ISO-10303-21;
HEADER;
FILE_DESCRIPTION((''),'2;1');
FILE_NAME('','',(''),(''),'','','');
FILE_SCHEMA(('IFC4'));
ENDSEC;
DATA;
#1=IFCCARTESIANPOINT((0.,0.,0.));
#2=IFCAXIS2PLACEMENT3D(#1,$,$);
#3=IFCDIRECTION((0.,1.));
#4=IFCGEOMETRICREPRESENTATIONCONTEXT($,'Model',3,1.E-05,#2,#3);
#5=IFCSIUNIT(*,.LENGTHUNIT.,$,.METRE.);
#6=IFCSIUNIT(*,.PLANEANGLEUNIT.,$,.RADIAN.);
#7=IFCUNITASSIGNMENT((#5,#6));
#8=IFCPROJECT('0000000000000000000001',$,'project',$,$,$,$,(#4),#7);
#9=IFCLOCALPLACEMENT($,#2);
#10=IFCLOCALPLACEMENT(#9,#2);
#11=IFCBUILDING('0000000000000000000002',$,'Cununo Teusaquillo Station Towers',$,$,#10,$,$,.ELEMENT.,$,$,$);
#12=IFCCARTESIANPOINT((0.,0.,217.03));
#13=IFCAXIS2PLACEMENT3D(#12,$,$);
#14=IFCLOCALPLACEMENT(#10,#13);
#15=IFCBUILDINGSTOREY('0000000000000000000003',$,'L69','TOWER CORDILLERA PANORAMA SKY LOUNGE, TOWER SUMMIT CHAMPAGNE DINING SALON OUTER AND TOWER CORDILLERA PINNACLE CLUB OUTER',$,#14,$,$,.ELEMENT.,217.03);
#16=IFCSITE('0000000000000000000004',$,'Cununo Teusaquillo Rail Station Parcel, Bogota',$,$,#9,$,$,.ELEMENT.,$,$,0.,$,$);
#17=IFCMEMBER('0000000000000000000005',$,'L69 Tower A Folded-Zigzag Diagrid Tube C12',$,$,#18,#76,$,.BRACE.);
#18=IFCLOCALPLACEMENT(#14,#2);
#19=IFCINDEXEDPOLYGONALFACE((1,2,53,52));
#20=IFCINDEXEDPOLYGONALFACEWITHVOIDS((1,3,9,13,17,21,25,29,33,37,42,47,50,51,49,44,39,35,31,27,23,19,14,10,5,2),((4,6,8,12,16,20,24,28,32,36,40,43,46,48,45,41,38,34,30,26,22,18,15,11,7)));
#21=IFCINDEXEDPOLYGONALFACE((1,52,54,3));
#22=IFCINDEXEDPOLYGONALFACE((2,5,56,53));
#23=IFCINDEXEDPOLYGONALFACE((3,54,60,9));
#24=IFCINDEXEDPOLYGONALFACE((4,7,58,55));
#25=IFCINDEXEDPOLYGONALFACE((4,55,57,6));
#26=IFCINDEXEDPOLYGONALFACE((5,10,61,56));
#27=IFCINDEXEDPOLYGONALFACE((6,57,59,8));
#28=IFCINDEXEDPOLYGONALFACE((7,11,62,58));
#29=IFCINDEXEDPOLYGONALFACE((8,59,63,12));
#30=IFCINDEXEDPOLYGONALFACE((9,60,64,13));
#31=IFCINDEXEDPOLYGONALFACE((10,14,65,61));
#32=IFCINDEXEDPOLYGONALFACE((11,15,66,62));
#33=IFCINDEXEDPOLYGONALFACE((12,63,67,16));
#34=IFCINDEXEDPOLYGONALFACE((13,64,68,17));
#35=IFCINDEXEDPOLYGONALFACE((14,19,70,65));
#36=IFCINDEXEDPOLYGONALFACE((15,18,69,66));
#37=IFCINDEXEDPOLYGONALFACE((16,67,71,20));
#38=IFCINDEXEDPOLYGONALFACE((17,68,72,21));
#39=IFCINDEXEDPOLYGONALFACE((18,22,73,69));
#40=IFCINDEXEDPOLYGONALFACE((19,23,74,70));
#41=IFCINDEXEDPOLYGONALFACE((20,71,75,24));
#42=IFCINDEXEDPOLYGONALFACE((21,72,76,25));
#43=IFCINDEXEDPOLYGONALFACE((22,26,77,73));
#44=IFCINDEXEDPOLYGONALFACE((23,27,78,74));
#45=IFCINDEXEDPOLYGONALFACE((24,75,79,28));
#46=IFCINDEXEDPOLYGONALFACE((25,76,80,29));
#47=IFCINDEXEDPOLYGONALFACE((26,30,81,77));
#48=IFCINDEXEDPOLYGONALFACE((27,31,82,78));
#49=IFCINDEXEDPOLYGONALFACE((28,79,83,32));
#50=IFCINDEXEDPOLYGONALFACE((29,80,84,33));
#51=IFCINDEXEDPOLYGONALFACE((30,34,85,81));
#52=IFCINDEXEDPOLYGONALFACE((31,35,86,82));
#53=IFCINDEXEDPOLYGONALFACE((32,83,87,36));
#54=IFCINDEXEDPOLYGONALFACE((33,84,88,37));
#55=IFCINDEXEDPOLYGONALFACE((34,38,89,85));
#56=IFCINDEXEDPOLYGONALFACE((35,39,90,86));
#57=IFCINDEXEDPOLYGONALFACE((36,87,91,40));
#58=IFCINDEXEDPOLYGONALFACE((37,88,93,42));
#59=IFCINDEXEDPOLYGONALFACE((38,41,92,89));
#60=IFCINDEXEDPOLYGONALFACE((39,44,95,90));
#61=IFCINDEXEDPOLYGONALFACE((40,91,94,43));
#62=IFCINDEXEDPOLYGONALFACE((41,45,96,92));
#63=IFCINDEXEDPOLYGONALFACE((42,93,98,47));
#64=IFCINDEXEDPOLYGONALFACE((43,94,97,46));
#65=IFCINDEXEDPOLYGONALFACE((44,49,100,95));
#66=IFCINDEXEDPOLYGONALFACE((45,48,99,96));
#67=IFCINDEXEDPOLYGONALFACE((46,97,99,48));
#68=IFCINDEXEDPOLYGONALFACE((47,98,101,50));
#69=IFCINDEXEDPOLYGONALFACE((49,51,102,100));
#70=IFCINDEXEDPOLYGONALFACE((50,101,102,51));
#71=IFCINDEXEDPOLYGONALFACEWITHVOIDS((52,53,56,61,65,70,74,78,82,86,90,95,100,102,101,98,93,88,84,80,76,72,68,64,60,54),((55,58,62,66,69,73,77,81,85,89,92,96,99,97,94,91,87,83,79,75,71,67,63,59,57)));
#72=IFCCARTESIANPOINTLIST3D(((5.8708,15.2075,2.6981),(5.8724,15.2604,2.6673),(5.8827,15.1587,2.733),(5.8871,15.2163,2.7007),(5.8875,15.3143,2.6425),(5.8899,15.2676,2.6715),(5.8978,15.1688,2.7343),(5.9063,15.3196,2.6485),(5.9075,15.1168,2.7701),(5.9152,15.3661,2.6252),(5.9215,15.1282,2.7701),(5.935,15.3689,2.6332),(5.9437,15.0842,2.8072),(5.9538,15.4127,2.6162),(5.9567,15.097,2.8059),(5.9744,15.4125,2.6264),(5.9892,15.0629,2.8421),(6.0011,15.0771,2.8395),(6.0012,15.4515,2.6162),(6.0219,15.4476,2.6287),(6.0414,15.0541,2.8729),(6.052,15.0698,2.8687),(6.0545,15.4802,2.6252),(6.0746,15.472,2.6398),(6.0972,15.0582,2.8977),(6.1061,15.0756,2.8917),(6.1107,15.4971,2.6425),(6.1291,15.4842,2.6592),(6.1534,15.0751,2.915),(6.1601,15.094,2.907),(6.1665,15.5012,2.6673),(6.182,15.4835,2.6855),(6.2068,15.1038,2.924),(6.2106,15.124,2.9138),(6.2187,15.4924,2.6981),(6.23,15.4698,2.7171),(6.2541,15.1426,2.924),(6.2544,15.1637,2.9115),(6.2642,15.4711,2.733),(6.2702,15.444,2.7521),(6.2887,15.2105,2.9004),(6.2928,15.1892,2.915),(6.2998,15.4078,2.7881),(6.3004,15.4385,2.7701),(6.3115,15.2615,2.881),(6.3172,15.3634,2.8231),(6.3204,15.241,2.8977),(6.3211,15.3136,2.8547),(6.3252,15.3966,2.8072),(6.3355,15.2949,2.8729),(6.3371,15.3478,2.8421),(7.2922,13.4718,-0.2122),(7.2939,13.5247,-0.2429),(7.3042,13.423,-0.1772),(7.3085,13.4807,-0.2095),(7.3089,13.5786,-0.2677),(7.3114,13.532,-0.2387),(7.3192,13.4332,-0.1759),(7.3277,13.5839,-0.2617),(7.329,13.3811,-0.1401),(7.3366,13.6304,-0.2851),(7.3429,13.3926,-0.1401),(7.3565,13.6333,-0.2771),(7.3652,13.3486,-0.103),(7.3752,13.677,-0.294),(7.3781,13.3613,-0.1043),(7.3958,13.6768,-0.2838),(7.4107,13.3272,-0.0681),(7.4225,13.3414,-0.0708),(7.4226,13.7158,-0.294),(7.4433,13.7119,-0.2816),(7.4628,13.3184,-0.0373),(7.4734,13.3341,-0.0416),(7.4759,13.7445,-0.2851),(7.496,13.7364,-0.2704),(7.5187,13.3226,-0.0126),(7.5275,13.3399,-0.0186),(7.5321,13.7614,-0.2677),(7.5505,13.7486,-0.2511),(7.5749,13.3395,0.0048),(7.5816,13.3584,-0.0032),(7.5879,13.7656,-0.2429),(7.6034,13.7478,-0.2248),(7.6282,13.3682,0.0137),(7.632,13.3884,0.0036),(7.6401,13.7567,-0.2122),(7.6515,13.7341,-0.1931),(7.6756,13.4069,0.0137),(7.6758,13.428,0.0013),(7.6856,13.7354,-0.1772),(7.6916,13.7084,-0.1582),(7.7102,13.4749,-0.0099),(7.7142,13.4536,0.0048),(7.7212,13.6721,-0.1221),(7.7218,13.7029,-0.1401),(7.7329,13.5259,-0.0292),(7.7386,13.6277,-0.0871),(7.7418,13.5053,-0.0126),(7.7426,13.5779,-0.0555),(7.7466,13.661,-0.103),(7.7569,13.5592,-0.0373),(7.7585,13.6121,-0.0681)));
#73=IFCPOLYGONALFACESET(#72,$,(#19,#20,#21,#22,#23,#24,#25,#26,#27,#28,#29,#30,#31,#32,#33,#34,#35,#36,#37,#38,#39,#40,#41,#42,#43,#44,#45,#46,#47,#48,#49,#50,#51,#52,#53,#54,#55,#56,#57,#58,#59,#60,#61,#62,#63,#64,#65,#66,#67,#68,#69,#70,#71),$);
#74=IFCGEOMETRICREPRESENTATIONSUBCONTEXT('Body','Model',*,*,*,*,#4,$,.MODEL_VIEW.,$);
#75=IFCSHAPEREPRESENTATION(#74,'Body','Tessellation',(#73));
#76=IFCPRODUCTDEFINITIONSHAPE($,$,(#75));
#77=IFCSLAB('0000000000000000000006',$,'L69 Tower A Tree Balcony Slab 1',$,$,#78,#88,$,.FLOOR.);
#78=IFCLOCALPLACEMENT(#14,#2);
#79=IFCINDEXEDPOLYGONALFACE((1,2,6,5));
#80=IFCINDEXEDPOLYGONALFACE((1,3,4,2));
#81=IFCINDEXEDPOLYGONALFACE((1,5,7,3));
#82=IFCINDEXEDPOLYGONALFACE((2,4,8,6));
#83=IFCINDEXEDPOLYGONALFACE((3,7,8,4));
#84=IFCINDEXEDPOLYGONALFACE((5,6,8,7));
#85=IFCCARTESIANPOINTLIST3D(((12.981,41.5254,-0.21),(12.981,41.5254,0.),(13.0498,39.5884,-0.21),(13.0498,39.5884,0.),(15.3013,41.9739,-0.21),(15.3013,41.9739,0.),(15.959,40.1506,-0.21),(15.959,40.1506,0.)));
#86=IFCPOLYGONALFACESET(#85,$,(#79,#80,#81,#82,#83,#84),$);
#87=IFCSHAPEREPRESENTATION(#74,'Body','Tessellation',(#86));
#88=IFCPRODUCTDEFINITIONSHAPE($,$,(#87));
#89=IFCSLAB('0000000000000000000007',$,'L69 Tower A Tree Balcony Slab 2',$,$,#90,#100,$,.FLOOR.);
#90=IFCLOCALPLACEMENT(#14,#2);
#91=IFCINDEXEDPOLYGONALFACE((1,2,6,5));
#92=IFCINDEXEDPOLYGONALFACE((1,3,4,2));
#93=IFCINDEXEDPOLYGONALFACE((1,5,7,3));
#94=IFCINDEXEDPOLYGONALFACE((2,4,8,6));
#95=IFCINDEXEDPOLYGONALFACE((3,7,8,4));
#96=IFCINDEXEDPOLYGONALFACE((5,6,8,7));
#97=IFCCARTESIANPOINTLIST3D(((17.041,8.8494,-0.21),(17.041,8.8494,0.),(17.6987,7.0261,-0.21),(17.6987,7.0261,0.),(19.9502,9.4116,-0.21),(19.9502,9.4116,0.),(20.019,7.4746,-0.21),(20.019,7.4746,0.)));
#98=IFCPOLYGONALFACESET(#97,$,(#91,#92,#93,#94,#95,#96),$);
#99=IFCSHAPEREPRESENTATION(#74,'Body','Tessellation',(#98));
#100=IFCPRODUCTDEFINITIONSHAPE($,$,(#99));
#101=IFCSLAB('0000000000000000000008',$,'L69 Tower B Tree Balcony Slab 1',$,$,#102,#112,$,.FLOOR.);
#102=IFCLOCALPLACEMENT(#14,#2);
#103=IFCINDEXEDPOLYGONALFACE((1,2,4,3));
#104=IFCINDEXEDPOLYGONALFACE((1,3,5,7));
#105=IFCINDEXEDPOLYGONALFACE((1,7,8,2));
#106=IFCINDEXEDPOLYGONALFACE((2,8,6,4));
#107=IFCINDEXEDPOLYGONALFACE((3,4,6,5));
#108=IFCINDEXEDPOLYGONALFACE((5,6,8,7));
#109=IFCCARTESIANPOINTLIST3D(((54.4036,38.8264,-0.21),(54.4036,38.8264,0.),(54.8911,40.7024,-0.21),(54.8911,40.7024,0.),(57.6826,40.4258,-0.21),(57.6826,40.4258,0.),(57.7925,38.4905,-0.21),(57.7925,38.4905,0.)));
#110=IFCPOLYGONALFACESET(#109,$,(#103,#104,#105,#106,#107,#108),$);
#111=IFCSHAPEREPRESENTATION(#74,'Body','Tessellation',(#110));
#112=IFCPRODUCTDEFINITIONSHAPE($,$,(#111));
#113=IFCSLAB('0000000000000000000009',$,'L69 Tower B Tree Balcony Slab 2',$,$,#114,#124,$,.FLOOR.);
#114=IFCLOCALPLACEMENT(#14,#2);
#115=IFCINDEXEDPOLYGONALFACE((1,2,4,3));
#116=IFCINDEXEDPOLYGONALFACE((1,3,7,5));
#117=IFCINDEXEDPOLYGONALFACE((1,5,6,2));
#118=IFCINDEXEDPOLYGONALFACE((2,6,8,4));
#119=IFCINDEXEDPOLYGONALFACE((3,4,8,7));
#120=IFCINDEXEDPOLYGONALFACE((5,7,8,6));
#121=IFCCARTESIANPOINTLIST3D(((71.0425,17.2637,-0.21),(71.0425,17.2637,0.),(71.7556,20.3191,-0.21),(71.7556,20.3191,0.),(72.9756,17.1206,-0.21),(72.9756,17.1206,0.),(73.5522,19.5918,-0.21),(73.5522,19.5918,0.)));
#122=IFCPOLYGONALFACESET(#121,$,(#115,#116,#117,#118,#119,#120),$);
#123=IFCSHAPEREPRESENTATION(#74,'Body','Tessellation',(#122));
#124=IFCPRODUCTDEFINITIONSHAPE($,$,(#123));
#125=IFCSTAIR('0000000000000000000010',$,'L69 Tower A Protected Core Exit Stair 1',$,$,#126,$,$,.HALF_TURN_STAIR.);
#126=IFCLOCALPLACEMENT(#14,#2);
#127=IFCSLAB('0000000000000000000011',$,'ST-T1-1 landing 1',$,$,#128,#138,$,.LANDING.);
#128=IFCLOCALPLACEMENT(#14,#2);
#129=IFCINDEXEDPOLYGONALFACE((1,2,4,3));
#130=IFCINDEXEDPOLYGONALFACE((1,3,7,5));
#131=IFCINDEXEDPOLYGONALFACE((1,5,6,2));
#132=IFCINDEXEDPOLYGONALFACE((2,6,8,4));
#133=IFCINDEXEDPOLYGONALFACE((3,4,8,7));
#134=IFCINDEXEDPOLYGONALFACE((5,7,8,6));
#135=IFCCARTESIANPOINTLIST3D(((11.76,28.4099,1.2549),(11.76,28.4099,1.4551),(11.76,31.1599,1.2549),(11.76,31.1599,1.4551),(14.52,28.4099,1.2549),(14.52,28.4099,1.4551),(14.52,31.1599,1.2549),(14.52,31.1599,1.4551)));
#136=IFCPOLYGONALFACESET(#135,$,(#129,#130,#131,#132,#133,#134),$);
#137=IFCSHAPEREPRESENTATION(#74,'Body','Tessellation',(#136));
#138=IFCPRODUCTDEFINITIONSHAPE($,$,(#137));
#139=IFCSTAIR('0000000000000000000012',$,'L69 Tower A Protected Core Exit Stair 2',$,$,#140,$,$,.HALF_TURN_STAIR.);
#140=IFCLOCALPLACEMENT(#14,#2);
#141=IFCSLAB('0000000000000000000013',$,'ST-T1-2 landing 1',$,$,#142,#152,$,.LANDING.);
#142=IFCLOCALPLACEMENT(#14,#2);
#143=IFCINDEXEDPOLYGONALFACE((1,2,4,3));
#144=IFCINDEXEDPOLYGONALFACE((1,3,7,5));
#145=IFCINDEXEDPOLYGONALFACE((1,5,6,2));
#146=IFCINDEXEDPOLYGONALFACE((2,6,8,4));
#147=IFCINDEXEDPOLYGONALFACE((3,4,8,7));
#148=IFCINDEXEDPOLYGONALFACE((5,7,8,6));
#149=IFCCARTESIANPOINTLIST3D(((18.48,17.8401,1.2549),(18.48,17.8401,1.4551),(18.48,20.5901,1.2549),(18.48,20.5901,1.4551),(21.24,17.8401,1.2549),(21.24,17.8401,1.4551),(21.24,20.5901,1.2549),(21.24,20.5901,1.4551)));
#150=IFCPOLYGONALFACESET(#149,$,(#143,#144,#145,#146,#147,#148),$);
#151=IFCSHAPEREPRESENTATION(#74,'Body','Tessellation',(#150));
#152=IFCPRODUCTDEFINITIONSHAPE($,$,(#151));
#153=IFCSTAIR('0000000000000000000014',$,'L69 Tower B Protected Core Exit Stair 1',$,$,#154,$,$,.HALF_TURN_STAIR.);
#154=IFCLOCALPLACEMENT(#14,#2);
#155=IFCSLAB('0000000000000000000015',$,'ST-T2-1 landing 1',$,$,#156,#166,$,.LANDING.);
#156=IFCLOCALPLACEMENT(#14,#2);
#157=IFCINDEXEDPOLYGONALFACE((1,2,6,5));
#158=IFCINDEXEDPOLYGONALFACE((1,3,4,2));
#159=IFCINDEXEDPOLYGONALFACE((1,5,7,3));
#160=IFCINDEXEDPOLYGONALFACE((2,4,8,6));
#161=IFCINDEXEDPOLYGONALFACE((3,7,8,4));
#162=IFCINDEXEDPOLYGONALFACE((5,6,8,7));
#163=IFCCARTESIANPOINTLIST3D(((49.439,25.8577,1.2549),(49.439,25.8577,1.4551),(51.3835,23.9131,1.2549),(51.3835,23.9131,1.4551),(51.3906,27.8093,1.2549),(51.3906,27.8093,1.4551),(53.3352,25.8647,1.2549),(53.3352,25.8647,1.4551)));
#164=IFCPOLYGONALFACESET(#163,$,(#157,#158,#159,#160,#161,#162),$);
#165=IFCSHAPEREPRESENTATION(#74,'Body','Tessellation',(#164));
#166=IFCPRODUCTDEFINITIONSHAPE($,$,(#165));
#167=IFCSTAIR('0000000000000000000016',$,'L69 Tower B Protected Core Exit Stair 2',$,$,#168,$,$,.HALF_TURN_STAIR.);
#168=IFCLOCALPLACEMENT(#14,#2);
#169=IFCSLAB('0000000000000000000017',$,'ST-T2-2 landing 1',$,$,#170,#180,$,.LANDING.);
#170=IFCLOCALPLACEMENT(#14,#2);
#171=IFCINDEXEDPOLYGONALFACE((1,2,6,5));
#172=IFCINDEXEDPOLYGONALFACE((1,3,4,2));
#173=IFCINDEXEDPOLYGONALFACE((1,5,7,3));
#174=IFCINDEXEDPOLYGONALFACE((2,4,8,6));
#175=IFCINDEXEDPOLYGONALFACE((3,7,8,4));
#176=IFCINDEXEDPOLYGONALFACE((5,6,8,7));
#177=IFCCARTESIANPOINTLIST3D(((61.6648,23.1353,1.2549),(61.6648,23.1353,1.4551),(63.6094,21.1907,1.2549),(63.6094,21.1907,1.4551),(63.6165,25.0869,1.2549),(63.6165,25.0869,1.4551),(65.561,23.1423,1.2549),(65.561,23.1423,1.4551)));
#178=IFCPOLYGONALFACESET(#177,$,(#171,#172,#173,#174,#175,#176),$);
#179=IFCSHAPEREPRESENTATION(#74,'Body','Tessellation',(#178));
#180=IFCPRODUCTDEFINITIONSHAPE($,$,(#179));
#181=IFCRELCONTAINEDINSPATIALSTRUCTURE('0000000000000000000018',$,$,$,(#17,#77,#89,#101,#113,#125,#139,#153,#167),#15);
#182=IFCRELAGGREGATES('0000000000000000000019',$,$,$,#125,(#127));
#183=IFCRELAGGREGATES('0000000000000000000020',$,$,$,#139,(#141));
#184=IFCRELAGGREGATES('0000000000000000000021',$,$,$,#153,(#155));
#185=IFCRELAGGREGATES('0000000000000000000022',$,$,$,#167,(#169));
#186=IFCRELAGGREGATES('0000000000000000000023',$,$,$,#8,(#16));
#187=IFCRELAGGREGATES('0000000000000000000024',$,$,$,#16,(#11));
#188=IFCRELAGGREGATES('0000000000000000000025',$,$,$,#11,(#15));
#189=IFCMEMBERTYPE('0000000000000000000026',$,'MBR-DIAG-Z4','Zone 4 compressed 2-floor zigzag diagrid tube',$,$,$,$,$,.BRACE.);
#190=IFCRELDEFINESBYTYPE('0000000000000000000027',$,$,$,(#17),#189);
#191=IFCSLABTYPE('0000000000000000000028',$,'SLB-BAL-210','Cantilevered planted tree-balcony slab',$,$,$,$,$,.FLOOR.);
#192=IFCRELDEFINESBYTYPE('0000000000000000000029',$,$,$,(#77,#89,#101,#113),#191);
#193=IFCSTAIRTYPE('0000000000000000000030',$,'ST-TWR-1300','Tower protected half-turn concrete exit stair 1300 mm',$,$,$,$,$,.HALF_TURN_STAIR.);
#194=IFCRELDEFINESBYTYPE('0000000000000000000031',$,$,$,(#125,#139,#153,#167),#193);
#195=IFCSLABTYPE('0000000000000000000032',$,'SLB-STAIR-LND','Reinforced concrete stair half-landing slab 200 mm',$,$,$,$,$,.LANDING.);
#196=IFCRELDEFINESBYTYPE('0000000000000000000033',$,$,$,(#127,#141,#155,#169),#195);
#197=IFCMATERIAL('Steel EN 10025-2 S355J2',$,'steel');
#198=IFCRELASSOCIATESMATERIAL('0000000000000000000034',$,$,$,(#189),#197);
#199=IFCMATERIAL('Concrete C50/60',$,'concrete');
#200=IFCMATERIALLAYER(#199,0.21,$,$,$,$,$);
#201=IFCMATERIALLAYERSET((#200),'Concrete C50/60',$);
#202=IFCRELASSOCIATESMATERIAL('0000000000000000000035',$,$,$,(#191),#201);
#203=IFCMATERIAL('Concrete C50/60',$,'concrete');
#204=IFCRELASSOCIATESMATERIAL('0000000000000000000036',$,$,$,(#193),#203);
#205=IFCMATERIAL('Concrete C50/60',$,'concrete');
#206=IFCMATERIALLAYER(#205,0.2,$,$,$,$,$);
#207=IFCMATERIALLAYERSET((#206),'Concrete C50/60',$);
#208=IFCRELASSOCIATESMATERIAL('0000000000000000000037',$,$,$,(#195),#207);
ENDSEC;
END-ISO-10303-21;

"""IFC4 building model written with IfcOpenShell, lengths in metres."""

from ifc_helpers import new_model, si_unit, direction, frame, origin, origin_2d, place, context, subcontext, project, spatial, polyline, hollow_circle, outline, extrude, material, layer, layer_set, material_profile, profile_set, type_object, element, aggregate, save


model = new_model("IFC4")

# Units and contexts
model_context = context("Model", 3, precision=1e-05, world=origin(), true_north=direction((0.0, 1.0)))
body_context = subcontext(model_context, "Body", "Model", "MODEL_VIEW")
ifc_project = project(units=[si_unit("LENGTHUNIT", "METRE"), si_unit("PLANEANGLEUNIT", "RADIAN")], contexts=[model_context])

# Site, building, storey
site_placement = place(None, origin())
site = spatial("IfcSite", under=ifc_project, at=site_placement, Name="Cununo Teusaquillo Rail Station Parcel, Bogota", CompositionType="ELEMENT", RefElevation=0.0)
building_placement = place(site_placement, origin())
building = spatial("IfcBuilding", under=site, at=building_placement, Name="Cununo Teusaquillo Station Towers", CompositionType="ELEMENT")
storey_placement = place(building_placement, frame((0.0, 0.0, 217.03)))
storey = spatial("IfcBuildingStorey", under=building, at=storey_placement, Name="L69", Description="TOWER CORDILLERA PANORAMA SKY LOUNGE, TOWER SUMMIT CHAMPAGNE DINING SALON OUTER AND TOWER CORDILLERA PINNACLE CLUB OUTER", CompositionType="ELEMENT", Elevation=217.03)

# Member
ifc_material_1 = material(Name="Steel EN 10025-2 S355J2", Category="steel")
ifc_material_profile_1 = material_profile(ifc_material_1, hollow_circle(Radius=0.2539, WallThickness=0.0181, at=origin_2d()), Name="CHS 508x18")
ifc_profile_set_1 = profile_set([ifc_material_profile_1], Name="Steel EN 10025-2 S355J2")
member_type = type_object("IfcMemberType", Name="MBR-DIAG-Z4", Description="Zone 4 compressed 2-floor zigzag diagrid tube", PredefinedType="BRACE", material=ifc_profile_set_1)
member_placement = place(storey_placement, frame((7.5254, 13.542, -0.1401), z_axis=(-0.386829, 0.472341, 0.791996), x_axis=(-0.773661, -0.633599, 0.0)))
element("IfcMember", 1, at=member_placement, inside=storey, type_object=member_type, Name="L69 Tower A Folded-Zigzag Diagrid Tube C12", PredefinedType="BRACE", context=body_context, shape_type="SweptSolid", body=[
    extrude(hollow_circle(Radius=0.2539, WallThickness=0.0181, at=origin_2d()), origin(), (0.0, 0.0, 1.0), 3.6746),
])

# Slabs
ifc_material_2 = material(Name="Concrete C50/60", Category="concrete")
ifc_layer_1 = layer(ifc_material_2, 0.21)
ifc_layer_set_1 = layer_set([ifc_layer_1], Name="Concrete C50/60")
slab_type_1 = type_object("IfcSlabType", Name="SLB-BAL-210", Description="Cantilevered planted tree-balcony slab", PredefinedType="FLOOR", material=ifc_layer_set_1)
slab_1_placement = place(storey_placement, frame((0.0, 0.0, -0.21)))
element("IfcSlab", 2, at=slab_1_placement, inside=storey, type_object=slab_type_1, Name="L69 Tower A Tree Balcony Slab 1", PredefinedType="FLOOR", context=body_context, shape_type="SweptSolid", body=[
    extrude(outline(polyline([(15.959, 40.1506), (13.0498, 39.5884), (12.981, 41.5254), (15.3013, 41.9739), (15.959, 40.1506)])), origin(), (0.0, 0.0, 1.0), 0.21),
])
slab_2_placement = place(storey_placement, frame((0.0, 0.0, -0.21)))
element("IfcSlab", 3, at=slab_2_placement, inside=storey, type_object=slab_type_1, Name="L69 Tower A Tree Balcony Slab 2", PredefinedType="FLOOR", context=body_context, shape_type="SweptSolid", body=[
    extrude(outline(polyline([(17.041, 8.8494), (19.9502, 9.4116), (20.019, 7.4746), (17.6987, 7.0261), (17.041, 8.8494)])), origin(), (0.0, 0.0, 1.0), 0.21),
])
slab_3_placement = place(storey_placement, frame((0.0, 0.0, -0.21)))
element("IfcSlab", 4, at=slab_3_placement, inside=storey, type_object=slab_type_1, Name="L69 Tower B Tree Balcony Slab 1", PredefinedType="FLOOR", context=body_context, shape_type="SweptSolid", body=[
    extrude(outline(polyline([(57.7925, 38.4905), (54.4036, 38.8264), (54.8911, 40.7024), (57.6826, 40.4258), (57.7925, 38.4905)])), origin(), (0.0, 0.0, 1.0), 0.21),
])
slab_4_placement = place(storey_placement, frame((0.0, 0.0, -0.21)))
element("IfcSlab", 5, at=slab_4_placement, inside=storey, type_object=slab_type_1, Name="L69 Tower B Tree Balcony Slab 2", PredefinedType="FLOOR", context=body_context, shape_type="SweptSolid", body=[
    extrude(outline(polyline([(71.0425, 17.2637), (71.7556, 20.3191), (73.5522, 19.5918), (72.9756, 17.1206), (71.0425, 17.2637)])), origin(), (0.0, 0.0, 1.0), 0.21),
])

# Stairs, slabs
ifc_material_3 = material(Name="Concrete C50/60", Category="concrete")
stair_type = type_object("IfcStairType", Name="ST-TWR-1300", Description="Tower protected half-turn concrete exit stair 1300 mm", PredefinedType="HALF_TURN_STAIR", material=ifc_material_3)
stair_1_placement = place(storey_placement, origin())
stair_1 = element("IfcStair", 6, at=stair_1_placement, inside=storey, type_object=stair_type, Name="L69 Tower A Protected Core Exit Stair 1", PredefinedType="HALF_TURN_STAIR")
ifc_material_4 = material(Name="Concrete C50/60", Category="concrete")
ifc_layer_2 = layer(ifc_material_4, 0.2)
ifc_layer_set_2 = layer_set([ifc_layer_2], Name="Concrete C50/60")
slab_type_2 = type_object("IfcSlabType", Name="SLB-STAIR-LND", Description="Reinforced concrete stair half-landing slab 200 mm", PredefinedType="LANDING", material=ifc_layer_set_2)
slab_5_placement = place(storey_placement, frame((0.0, 0.0, 1.2549)))
slab_5 = element("IfcSlab", 7, at=slab_5_placement, type_object=slab_type_2, Name="ST-T1-1 landing 1", PredefinedType="LANDING", context=body_context, shape_type="SweptSolid", body=[
    extrude(outline(polyline([(14.52, 28.4099), (14.52, 31.1599), (11.76, 31.1599), (11.76, 28.4099), (14.52, 28.4099)])), origin(), (0.0, 0.0, 1.0), 0.2002),
])
aggregate(stair_1, [slab_5])
stair_2_placement = place(storey_placement, origin())
stair_2 = element("IfcStair", 8, at=stair_2_placement, inside=storey, type_object=stair_type, Name="L69 Tower A Protected Core Exit Stair 2", PredefinedType="HALF_TURN_STAIR")
slab_6_placement = place(storey_placement, frame((0.0, 0.0, 1.2549)))
slab_6 = element("IfcSlab", 9, at=slab_6_placement, type_object=slab_type_2, Name="ST-T1-2 landing 1", PredefinedType="LANDING", context=body_context, shape_type="SweptSolid", body=[
    extrude(outline(polyline([(18.48, 20.5901), (18.48, 17.8401), (21.24, 17.8401), (21.24, 20.5901), (18.48, 20.5901)])), origin(), (0.0, 0.0, 1.0), 0.2002),
])
aggregate(stair_2, [slab_6])
stair_3_placement = place(storey_placement, origin())
stair_3 = element("IfcStair", 10, at=stair_3_placement, inside=storey, type_object=stair_type, Name="L69 Tower B Protected Core Exit Stair 1", PredefinedType="HALF_TURN_STAIR")
slab_7_placement = place(storey_placement, frame((0.0, 0.0, 1.2549)))
slab_7 = element("IfcSlab", 11, at=slab_7_placement, type_object=slab_type_2, Name="ST-T2-1 landing 1", PredefinedType="LANDING", context=body_context, shape_type="SweptSolid", body=[
    extrude(outline(polyline([(53.3352, 25.8647), (51.3906, 27.8093), (49.439, 25.8577), (51.3835, 23.9131), (53.3352, 25.8647)])), origin(), (0.0, 0.0, 1.0), 0.2002),
])
aggregate(stair_3, [slab_7])
stair_4_placement = place(storey_placement, origin())
stair_4 = element("IfcStair", 12, at=stair_4_placement, inside=storey, type_object=stair_type, Name="L69 Tower B Protected Core Exit Stair 2", PredefinedType="HALF_TURN_STAIR")
slab_8_placement = place(storey_placement, frame((0.0, 0.0, 1.2549)))
slab_8 = element("IfcSlab", 13, at=slab_8_placement, type_object=slab_type_2, Name="ST-T2-2 landing 1", PredefinedType="LANDING", context=body_context, shape_type="SweptSolid", body=[
    extrude(outline(polyline([(61.6648, 23.1353), (63.6094, 21.1907), (65.561, 23.1423), (63.6165, 25.0869), (61.6648, 23.1353)])), origin(), (0.0, 0.0, 1.0), 0.2002),
])
aggregate(stair_4, [slab_8])

save(model, "model.ifc")
